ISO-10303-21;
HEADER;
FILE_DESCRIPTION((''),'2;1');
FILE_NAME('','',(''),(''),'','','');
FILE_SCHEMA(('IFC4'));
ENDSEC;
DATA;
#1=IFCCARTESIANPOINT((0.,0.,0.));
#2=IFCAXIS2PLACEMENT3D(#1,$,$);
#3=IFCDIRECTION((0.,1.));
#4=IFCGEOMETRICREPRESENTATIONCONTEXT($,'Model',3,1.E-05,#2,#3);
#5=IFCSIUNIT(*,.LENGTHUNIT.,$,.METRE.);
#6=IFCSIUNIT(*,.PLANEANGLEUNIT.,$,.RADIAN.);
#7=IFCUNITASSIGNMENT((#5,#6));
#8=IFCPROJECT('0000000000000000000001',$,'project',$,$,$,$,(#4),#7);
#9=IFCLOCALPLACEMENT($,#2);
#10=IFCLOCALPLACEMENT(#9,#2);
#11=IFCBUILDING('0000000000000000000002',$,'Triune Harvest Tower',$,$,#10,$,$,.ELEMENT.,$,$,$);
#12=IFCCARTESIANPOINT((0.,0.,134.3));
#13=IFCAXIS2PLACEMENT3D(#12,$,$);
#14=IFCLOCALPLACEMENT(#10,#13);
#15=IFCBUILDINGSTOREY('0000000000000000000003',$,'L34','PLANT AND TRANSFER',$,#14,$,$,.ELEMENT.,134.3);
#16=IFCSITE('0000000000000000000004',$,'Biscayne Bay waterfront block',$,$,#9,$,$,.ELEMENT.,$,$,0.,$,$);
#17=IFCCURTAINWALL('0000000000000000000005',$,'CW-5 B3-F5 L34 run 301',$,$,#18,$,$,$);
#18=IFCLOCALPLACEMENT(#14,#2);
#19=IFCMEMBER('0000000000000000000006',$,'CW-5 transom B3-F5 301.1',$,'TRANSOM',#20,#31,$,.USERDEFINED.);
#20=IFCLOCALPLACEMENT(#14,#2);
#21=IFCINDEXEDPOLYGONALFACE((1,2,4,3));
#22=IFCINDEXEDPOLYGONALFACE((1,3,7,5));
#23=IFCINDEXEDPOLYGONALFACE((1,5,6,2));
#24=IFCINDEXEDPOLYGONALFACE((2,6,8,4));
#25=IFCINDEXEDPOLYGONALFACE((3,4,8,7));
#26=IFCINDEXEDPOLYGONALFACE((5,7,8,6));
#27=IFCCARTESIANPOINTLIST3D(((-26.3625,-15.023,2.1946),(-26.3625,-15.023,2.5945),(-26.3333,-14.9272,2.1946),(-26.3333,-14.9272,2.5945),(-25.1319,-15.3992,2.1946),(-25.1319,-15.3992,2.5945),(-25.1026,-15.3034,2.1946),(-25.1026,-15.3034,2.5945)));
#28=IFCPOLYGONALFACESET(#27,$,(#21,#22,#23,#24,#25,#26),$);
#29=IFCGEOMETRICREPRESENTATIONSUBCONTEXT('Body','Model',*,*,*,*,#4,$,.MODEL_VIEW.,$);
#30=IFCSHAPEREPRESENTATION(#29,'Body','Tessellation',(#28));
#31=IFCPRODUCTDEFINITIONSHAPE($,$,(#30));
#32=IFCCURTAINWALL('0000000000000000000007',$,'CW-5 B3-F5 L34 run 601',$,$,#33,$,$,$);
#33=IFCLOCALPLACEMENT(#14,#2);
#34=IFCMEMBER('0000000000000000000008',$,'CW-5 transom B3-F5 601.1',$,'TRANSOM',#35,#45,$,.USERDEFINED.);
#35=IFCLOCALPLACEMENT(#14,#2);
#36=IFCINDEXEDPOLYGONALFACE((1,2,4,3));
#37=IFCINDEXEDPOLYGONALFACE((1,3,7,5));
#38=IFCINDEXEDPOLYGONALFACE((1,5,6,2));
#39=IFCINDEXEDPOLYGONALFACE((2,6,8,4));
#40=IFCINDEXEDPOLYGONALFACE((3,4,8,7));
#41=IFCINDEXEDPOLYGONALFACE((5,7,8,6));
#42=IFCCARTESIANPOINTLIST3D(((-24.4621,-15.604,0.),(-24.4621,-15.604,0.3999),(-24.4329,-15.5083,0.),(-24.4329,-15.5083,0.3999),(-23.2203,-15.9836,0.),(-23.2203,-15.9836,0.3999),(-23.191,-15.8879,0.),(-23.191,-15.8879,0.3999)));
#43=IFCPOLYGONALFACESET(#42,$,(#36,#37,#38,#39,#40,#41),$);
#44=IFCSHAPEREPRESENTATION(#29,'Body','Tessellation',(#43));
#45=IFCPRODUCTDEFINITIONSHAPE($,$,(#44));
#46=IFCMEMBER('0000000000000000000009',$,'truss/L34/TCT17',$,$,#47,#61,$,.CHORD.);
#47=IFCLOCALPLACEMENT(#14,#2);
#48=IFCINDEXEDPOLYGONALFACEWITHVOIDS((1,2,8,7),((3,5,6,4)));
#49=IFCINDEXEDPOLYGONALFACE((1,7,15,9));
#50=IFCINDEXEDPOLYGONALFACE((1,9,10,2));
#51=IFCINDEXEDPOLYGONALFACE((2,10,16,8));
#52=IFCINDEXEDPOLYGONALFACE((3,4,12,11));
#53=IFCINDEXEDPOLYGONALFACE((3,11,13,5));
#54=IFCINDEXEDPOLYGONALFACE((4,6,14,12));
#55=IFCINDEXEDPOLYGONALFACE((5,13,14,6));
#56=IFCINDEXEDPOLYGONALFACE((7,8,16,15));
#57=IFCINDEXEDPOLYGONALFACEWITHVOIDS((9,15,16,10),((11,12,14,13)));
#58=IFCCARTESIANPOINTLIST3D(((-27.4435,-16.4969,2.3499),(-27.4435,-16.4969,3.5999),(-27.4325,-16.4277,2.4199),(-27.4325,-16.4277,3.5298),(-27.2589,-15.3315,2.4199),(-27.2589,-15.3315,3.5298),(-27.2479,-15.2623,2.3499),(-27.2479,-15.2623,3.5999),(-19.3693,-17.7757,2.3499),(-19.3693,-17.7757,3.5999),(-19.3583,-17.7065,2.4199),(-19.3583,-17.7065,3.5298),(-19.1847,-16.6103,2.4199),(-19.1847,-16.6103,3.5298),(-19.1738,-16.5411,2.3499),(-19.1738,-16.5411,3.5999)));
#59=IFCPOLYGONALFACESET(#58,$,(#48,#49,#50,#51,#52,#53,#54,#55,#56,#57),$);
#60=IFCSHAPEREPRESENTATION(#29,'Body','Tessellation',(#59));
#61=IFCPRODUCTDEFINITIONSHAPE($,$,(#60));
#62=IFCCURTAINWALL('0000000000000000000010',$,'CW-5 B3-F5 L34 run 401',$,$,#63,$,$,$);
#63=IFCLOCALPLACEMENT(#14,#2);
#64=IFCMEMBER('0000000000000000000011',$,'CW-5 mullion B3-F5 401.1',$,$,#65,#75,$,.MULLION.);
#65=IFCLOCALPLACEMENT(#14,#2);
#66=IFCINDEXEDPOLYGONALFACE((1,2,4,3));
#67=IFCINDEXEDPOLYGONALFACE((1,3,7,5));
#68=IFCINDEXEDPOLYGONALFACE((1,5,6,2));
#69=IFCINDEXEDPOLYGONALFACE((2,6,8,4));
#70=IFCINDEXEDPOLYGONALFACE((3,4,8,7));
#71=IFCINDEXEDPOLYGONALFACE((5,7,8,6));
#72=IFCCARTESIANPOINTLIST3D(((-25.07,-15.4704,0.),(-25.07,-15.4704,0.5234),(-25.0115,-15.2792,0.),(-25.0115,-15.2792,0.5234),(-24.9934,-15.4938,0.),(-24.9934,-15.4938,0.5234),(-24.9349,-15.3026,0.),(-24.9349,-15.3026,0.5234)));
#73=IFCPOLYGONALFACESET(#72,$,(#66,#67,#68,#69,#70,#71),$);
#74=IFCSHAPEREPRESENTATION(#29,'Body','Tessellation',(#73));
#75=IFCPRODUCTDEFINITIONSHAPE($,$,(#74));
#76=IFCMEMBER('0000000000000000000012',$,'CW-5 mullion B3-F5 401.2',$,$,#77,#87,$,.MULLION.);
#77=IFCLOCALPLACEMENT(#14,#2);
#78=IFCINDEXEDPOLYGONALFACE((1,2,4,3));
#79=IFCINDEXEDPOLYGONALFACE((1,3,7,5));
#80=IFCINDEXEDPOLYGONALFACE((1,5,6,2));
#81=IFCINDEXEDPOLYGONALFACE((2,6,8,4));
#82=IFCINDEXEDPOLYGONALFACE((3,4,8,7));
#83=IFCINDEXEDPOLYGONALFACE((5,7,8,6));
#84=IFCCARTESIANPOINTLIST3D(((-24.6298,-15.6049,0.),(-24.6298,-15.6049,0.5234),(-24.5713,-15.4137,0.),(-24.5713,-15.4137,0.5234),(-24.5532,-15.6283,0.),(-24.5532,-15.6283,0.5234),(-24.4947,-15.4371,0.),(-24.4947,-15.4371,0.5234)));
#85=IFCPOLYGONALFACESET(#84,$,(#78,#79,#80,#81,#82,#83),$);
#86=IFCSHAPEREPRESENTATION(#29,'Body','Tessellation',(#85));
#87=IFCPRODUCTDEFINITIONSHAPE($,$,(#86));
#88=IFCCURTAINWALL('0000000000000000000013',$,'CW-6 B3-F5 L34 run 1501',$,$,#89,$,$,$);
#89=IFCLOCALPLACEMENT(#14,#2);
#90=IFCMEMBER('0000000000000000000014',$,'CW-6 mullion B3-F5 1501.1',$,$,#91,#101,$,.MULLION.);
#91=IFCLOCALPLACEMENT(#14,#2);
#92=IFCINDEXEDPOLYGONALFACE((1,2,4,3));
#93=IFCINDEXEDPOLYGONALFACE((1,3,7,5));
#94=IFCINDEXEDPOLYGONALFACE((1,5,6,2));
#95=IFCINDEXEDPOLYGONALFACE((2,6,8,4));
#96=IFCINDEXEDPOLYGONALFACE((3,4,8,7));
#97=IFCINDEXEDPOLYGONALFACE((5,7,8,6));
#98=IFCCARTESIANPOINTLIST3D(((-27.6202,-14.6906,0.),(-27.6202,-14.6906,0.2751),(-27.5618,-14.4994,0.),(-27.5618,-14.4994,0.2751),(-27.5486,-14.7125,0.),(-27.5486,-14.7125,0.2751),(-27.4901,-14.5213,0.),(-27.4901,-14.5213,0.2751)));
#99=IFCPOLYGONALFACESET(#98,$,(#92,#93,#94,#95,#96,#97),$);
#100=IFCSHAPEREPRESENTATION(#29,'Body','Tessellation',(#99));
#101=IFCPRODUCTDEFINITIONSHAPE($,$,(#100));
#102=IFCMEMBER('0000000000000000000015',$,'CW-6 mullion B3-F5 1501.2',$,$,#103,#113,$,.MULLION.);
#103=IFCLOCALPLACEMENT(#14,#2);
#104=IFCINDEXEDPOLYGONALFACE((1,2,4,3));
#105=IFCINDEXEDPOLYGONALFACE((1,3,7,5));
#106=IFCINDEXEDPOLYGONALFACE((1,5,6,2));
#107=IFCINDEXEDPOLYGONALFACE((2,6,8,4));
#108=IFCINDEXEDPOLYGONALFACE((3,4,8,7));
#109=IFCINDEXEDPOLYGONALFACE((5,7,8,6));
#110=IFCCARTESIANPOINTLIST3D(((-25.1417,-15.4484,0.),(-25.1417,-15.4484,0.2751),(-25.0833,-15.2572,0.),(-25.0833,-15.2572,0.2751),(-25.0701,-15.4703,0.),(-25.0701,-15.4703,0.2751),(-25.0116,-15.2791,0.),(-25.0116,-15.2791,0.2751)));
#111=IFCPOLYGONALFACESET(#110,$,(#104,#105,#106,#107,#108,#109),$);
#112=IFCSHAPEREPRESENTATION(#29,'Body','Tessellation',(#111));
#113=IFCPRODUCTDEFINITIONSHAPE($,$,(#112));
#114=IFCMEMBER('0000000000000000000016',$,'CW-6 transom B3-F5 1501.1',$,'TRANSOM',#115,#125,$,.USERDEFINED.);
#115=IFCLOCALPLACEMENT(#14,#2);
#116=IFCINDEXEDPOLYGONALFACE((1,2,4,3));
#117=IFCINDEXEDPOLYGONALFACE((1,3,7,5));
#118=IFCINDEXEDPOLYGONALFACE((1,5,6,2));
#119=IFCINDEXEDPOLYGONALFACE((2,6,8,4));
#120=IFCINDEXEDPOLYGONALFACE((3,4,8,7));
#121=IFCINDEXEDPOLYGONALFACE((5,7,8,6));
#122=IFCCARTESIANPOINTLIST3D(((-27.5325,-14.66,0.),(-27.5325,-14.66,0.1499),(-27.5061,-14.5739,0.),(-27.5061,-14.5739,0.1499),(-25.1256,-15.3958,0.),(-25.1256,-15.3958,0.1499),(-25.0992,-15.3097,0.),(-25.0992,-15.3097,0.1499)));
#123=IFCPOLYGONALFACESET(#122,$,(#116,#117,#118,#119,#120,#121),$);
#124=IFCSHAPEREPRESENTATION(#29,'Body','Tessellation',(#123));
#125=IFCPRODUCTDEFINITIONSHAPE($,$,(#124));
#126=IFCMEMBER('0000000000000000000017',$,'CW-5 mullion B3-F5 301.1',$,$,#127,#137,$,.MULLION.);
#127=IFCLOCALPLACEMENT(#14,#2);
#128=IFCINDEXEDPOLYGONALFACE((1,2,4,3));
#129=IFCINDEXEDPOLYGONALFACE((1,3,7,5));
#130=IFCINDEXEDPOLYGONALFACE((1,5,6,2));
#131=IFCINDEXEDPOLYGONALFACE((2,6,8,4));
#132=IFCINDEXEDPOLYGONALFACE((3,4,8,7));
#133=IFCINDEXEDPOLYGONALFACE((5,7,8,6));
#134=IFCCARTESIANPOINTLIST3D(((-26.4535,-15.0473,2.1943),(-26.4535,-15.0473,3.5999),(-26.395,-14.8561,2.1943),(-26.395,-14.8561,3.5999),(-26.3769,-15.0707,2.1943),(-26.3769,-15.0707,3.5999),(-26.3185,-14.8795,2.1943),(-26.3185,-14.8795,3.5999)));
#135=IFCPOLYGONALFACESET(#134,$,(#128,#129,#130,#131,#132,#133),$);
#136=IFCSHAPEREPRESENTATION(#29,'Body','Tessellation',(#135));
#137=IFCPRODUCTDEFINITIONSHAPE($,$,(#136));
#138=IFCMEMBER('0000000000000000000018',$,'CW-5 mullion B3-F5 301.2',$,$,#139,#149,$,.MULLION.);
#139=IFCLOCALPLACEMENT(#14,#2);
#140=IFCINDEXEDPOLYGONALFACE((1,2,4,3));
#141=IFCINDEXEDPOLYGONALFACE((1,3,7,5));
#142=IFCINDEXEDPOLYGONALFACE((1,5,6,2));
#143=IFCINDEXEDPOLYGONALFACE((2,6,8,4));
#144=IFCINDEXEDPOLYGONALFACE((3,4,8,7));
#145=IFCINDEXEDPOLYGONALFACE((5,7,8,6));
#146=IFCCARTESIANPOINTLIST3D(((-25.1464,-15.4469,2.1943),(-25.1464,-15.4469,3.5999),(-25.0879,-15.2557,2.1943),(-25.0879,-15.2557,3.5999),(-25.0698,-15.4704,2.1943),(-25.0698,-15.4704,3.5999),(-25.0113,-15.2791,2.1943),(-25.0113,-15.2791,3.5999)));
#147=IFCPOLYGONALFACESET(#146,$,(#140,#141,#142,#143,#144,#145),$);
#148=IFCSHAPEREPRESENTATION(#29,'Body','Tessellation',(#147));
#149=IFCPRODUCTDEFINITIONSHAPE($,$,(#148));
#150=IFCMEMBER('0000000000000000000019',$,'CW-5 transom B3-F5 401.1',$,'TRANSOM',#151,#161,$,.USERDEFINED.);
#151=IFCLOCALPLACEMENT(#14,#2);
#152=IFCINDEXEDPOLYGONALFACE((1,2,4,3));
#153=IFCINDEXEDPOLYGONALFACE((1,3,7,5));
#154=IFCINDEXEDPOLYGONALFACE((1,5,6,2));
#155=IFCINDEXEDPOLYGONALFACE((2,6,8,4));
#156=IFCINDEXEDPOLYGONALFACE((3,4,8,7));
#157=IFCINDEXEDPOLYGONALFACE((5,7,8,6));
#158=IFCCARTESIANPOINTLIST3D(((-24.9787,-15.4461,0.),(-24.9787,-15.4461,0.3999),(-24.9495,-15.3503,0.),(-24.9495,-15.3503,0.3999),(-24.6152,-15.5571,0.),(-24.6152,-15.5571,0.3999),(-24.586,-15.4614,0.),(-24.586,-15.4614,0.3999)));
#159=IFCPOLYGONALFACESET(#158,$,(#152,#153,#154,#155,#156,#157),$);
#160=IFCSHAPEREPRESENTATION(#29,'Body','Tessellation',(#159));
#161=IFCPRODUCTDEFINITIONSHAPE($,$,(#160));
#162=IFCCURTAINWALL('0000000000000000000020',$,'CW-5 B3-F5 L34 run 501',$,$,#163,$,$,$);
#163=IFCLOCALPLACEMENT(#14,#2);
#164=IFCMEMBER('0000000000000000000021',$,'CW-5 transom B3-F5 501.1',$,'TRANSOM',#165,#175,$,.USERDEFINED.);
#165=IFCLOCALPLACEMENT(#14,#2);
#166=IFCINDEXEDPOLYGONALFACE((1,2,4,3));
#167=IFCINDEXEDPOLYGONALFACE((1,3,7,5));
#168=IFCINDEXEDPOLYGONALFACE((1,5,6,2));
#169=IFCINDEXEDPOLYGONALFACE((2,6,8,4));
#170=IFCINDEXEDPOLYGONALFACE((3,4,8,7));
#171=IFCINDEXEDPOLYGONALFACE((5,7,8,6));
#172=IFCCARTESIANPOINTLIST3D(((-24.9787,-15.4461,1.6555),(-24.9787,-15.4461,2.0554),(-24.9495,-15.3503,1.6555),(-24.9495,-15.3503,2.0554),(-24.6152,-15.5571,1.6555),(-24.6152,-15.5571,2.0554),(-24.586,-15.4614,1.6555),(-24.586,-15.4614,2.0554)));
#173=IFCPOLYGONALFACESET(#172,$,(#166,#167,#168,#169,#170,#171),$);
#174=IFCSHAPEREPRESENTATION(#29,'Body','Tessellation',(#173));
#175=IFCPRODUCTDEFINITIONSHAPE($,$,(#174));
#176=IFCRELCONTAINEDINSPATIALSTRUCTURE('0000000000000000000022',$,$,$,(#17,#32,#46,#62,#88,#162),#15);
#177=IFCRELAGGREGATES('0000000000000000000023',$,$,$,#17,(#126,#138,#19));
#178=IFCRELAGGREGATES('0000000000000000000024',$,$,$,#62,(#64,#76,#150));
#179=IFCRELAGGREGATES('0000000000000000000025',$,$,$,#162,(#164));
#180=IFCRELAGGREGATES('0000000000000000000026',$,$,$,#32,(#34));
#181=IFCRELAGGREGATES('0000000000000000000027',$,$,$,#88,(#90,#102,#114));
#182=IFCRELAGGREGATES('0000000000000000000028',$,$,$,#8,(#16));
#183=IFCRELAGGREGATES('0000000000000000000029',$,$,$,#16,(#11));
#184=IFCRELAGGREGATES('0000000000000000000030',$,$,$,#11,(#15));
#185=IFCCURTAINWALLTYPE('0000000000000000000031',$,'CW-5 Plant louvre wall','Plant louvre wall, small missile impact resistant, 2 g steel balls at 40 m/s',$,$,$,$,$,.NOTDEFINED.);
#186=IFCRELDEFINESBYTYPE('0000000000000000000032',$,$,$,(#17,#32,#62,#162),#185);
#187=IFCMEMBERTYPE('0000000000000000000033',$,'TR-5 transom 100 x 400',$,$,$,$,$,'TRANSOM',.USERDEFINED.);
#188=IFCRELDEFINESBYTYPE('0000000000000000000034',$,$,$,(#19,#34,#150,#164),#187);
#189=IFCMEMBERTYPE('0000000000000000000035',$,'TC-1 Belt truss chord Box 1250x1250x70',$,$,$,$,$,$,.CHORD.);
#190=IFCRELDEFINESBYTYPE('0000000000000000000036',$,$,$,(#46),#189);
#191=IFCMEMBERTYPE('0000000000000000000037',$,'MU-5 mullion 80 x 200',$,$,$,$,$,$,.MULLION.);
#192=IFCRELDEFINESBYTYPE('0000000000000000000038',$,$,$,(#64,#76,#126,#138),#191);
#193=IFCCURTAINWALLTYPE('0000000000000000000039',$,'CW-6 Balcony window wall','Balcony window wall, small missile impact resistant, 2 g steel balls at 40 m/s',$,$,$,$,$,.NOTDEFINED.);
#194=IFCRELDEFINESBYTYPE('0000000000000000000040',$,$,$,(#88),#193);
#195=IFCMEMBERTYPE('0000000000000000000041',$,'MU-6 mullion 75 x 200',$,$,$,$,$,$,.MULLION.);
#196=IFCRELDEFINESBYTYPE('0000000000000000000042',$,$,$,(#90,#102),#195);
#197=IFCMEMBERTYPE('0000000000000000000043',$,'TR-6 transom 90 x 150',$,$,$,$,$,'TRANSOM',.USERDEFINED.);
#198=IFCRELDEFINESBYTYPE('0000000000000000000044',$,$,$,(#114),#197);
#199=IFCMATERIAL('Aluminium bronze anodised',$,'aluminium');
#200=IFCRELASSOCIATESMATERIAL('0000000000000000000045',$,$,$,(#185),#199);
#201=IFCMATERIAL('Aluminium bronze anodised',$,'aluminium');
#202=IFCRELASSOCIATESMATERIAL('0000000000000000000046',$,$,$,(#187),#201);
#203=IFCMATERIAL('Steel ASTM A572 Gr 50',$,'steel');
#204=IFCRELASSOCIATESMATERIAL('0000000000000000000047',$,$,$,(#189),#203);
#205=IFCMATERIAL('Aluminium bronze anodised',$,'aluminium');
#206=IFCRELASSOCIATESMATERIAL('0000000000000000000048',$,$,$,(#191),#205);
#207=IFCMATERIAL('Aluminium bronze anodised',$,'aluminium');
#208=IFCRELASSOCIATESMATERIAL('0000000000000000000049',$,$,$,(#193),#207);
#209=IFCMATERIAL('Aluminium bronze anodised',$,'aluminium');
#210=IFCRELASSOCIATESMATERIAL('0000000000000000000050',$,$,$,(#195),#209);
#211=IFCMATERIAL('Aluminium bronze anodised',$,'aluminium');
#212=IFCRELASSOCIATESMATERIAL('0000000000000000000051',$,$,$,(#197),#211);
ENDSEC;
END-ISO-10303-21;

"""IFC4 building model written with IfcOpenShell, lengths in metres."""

from ifc_helpers import new_model, si_unit, direction, frame, origin, origin_2d, place, context, subcontext, project, spatial, rectangle, hollow_rectangle, extrude, source, transform, mapped, material, material_profile, profile_set, type_object, element, aggregate, save


model = new_model("IFC4")

# Units and contexts
model_context = context("Model", 3, precision=1e-05, world=origin(), true_north=direction((0.0, 1.0)))
body_context = subcontext(model_context, "Body", "Model", "MODEL_VIEW")
ifc_project = project(units=[si_unit("LENGTHUNIT", "METRE"), si_unit("PLANEANGLEUNIT", "RADIAN")], contexts=[model_context])

# Site, building, storey
site_placement = place(None, origin())
site = spatial("IfcSite", under=ifc_project, at=site_placement, Name="Biscayne Bay waterfront block", CompositionType="ELEMENT", RefElevation=0.0)
building_placement = place(site_placement, origin())
building = spatial("IfcBuilding", under=site, at=building_placement, Name="Triune Harvest Tower", CompositionType="ELEMENT")
storey_placement = place(building_placement, frame((0.0, 0.0, 134.3)))
storey = spatial("IfcBuildingStorey", under=building, at=storey_placement, Name="L34", Description="PLANT AND TRANSFER", CompositionType="ELEMENT", Elevation=134.3)

# Curtain walls, members
ifc_material_1 = material(Name="Aluminium bronze anodised", Category="aluminium")
curtain_wall_type_1 = type_object("IfcCurtainWallType", Name="CW-5 Plant louvre wall", Description="Plant louvre wall, small missile impact resistant, 2 g steel balls at 40 m/s", PredefinedType="NOTDEFINED", material=ifc_material_1)
curtain_wall_1_placement = place(storey_placement, origin())
curtain_wall_1 = element("IfcCurtainWall", 1, at=curtain_wall_1_placement, inside=storey, type_object=curtain_wall_type_1, Name="CW-5 B3-F5 L34 run 301")
ifc_material_2 = material(Name="Aluminium bronze anodised", Category="aluminium")
ifc_material_profile_1 = material_profile(ifc_material_2, rectangle(XDim=0.1001, YDim=0.3999, at=origin_2d()), Name="TR-5 transom 100 x 400")
ifc_profile_set_1 = profile_set([ifc_material_profile_1], Name="Aluminium bronze anodised")
member_type_1 = type_object("IfcMemberType", Name="TR-5 transom 100 x 400", ElementType="TRANSOM", PredefinedType="USERDEFINED", material=ifc_profile_set_1)
member_1_placement = place(storey_placement, frame((-26.3479, -14.9751, 2.3945), z_axis=(0.956315, -0.292339, 0.0), x_axis=(0.292339, 0.956315, 0.0)))
member_1 = element("IfcMember", 2, at=member_1_placement, type_object=member_type_1, Name="CW-5 transom B3-F5 301.1", ObjectType="TRANSOM", PredefinedType="USERDEFINED", context=body_context, shape_type="SweptSolid", body=[
    extrude(rectangle(XDim=0.1001, YDim=0.3999, at=origin_2d()), origin(), (0.0, 0.0, 1.0), 1.2869),
])
curtain_wall_2_placement = place(storey_placement, origin())
curtain_wall_2 = element("IfcCurtainWall", 3, at=curtain_wall_2_placement, inside=storey, type_object=curtain_wall_type_1, Name="CW-5 B3-F5 L34 run 601")
member_2_placement = place(storey_placement, frame((-24.4475, -15.5562, 0.2), z_axis=(0.956318, -0.292328, 0.0), x_axis=(0.292328, 0.956318, 0.0)))
member_2 = element("IfcMember", 4, at=member_2_placement, type_object=member_type_1, Name="CW-5 transom B3-F5 601.1", ObjectType="TRANSOM", PredefinedType="USERDEFINED", context=body_context, shape_type="SweptSolid", body=[
    extrude(rectangle(XDim=0.1001, YDim=0.3999, at=origin_2d()), origin(), (0.0, 0.0, 1.0), 1.2986),
])

# Member
ifc_material_3 = material(Name="Steel ASTM A572 Gr 50", Category="steel")
ifc_material_profile_2 = material_profile(ifc_material_3, hollow_rectangle(XDim=1.25, YDim=1.25, WallThickness=0.0701, at=origin_2d()), Name="Box 1250x1250x70")
ifc_profile_set_2 = profile_set([ifc_material_profile_2], Name="Steel ASTM A572 Gr 50")
member_type_2 = type_object("IfcMemberType", Name="TC-1 Belt truss chord Box 1250x1250x70", PredefinedType="CHORD", material=ifc_profile_set_2)
shared_shape_1 = source(origin(), body_context, "Body", "SweptSolid", [
    extrude(hollow_rectangle(XDim=1.25, YDim=1.25, WallThickness=0.0701, at=origin_2d()), origin(), (0.0, 0.0, 1.0), 8.1748),
])
member_3_placement = place(storey_placement, frame((-27.3457, -15.8796, 2.9749), z_axis=(0.987689, -0.156432, 0.0), x_axis=(0.156432, 0.987689, 0.0)))
element("IfcMember", 5, at=member_3_placement, inside=storey, type_object=member_type_2, Name="truss/L34/TCT17", PredefinedType="CHORD", context=body_context, shape_type="MappedRepresentation", body=[
    mapped(shared_shape_1, transform((0.0, 0.0, 0.0), scale=1.0)),
])

# Curtain walls, members
curtain_wall_3_placement = place(storey_placement, origin())
curtain_wall_3 = element("IfcCurtainWall", 6, at=curtain_wall_3_placement, inside=storey, type_object=curtain_wall_type_1, Name="CW-5 B3-F5 L34 run 401")
ifc_material_4 = material(Name="Aluminium bronze anodised", Category="aluminium")
ifc_material_profile_3 = material_profile(ifc_material_4, rectangle(XDim=0.2, YDim=0.0801, at=origin_2d()), Name="MU-5 mullion 80 x 200")
ifc_profile_set_3 = profile_set([ifc_material_profile_3], Name="Aluminium bronze anodised")
member_type_3 = type_object("IfcMemberType", Name="MU-5 mullion 80 x 200", PredefinedType="MULLION", material=ifc_profile_set_3)
shared_shape_2 = source(origin(), body_context, "Body", "SweptSolid", [
    extrude(rectangle(XDim=0.2, YDim=0.0801, at=origin_2d()), origin(), (0.0, 0.0, 1.0), 0.5234),
])
member_4_placement = place(storey_placement, frame((-25.0024, -15.3865, 0.0), z_axis=(0.0, 0.0, 1.0), x_axis=(0.292251, 0.956342, 0.0)))
member_4 = element("IfcMember", 7, at=member_4_placement, type_object=member_type_3, Name="CW-5 mullion B3-F5 401.1", PredefinedType="MULLION", context=body_context, shape_type="MappedRepresentation", body=[
    mapped(shared_shape_2, transform((0.0, 0.0, 0.0), scale=1.0)),
])
member_5_placement = place(storey_placement, frame((-24.5623, -15.521, 0.0), z_axis=(0.0, 0.0, 1.0), x_axis=(0.292251, 0.956342, 0.0)))
member_5 = element("IfcMember", 8, at=member_5_placement, type_object=member_type_3, Name="CW-5 mullion B3-F5 401.2", PredefinedType="MULLION", context=body_context, shape_type="MappedRepresentation", body=[
    mapped(shared_shape_2, transform((0.0, 0.0, 0.0), scale=1.0)),
])
ifc_material_5 = material(Name="Aluminium bronze anodised", Category="aluminium")
curtain_wall_type_2 = type_object("IfcCurtainWallType", Name="CW-6 Balcony window wall", Description="Balcony window wall, small missile impact resistant, 2 g steel balls at 40 m/s", PredefinedType="NOTDEFINED", material=ifc_material_5)
curtain_wall_4_placement = place(storey_placement, origin())
curtain_wall_4 = element("IfcCurtainWall", 9, at=curtain_wall_4_placement, inside=storey, type_object=curtain_wall_type_2, Name="CW-6 B3-F5 L34 run 1501")
ifc_material_6 = material(Name="Aluminium bronze anodised", Category="aluminium")
ifc_material_profile_4 = material_profile(ifc_material_6, rectangle(XDim=0.2, YDim=0.075, at=origin_2d()), Name="MU-6 mullion 75 x 200")
ifc_profile_set_4 = profile_set([ifc_material_profile_4], Name="Aluminium bronze anodised")
member_type_4 = type_object("IfcMemberType", Name="MU-6 mullion 75 x 200", PredefinedType="MULLION", material=ifc_profile_set_4)
shared_shape_3 = source(origin(), body_context, "Body", "SweptSolid", [
    extrude(rectangle(XDim=0.2, YDim=0.075, at=origin_2d()), origin(), (0.0, 0.0, 1.0), 0.2751),
])
member_6_placement = place(storey_placement, frame((-27.5552, -14.606, 0.0), z_axis=(0.0, 0.0, 1.0), x_axis=(0.29237, 0.956305, 0.0)))
member_6 = element("IfcMember", 10, at=member_6_placement, type_object=member_type_4, Name="CW-6 mullion B3-F5 1501.1", PredefinedType="MULLION", context=body_context, shape_type="MappedRepresentation", body=[
    mapped(shared_shape_3, transform((0.0, 0.0, 0.0), scale=1.0)),
])
member_7_placement = place(storey_placement, frame((-25.0767, -15.3638, 0.0), z_axis=(0.0, 0.0, 1.0), x_axis=(0.29237, 0.956305, 0.0)))
member_7 = element("IfcMember", 11, at=member_7_placement, type_object=member_type_4, Name="CW-6 mullion B3-F5 1501.2", PredefinedType="MULLION", context=body_context, shape_type="MappedRepresentation", body=[
    mapped(shared_shape_3, transform((0.0, 0.0, 0.0), scale=1.0)),
])
ifc_material_7 = material(Name="Aluminium bronze anodised", Category="aluminium")
ifc_material_profile_5 = material_profile(ifc_material_7, rectangle(XDim=0.0901, YDim=0.1499, at=origin_2d()), Name="TR-6 transom 90 x 150")
ifc_profile_set_5 = profile_set([ifc_material_profile_5], Name="Aluminium bronze anodised")
member_type_5 = type_object("IfcMemberType", Name="TR-6 transom 90 x 150", ElementType="TRANSOM", PredefinedType="USERDEFINED", material=ifc_profile_set_5)
shared_shape_4 = source(origin(), body_context, "Body", "SweptSolid", [
    extrude(rectangle(XDim=0.0901, YDim=0.1499, at=origin_2d()), origin(), (0.0, 0.0, 1.0), 2.5168),
])
member_8_placement = place(storey_placement, frame((-27.5193, -14.6169, 0.075), z_axis=(0.95631, -0.292354, 0.0), x_axis=(0.292354, 0.95631, 0.0)))
member_8 = element("IfcMember", 12, at=member_8_placement, type_object=member_type_5, Name="CW-6 transom B3-F5 1501.1", ObjectType="TRANSOM", PredefinedType="USERDEFINED", context=body_context, shape_type="MappedRepresentation", body=[
    mapped(shared_shape_4, transform((0.0, 0.0, 0.0), scale=1.0)),
])

# Members
shared_shape_5 = source(origin(), body_context, "Body", "SweptSolid", [
    extrude(rectangle(XDim=0.2, YDim=0.0801, at=origin_2d()), origin(), (0.0, 0.0, 1.0), 1.4055),
])
member_9_placement = place(storey_placement, frame((-26.386, -14.9634, 2.1943), z_axis=(0.0, 0.0, 1.0), x_axis=(0.292366, 0.956306, 0.0)))
member_9 = element("IfcMember", 13, at=member_9_placement, type_object=member_type_3, Name="CW-5 mullion B3-F5 301.1", PredefinedType="MULLION", context=body_context, shape_type="MappedRepresentation", body=[
    mapped(shared_shape_5, transform((0.0, 0.0, 0.0), scale=1.0)),
])
member_10_placement = place(storey_placement, frame((-25.0789, -15.363, 2.1943), z_axis=(0.0, 0.0, 1.0), x_axis=(0.292366, 0.956306, 0.0)))
member_10 = element("IfcMember", 14, at=member_10_placement, type_object=member_type_3, Name="CW-5 mullion B3-F5 301.2", PredefinedType="MULLION", context=body_context, shape_type="MappedRepresentation", body=[
    mapped(shared_shape_5, transform((0.0, 0.0, 0.0), scale=1.0)),
])
shared_shape_6 = source(origin(), body_context, "Body", "SweptSolid", [
    extrude(rectangle(XDim=0.1001, YDim=0.3999, at=origin_2d()), origin(), (0.0, 0.0, 1.0), 0.3801),
])
member_11_placement = place(storey_placement, frame((-24.9641, -15.3982, 0.2), z_axis=(0.956347, -0.292235, 0.0), x_axis=(0.292235, 0.956347, 0.0)))
member_11 = element("IfcMember", 15, at=member_11_placement, type_object=member_type_1, Name="CW-5 transom B3-F5 401.1", ObjectType="TRANSOM", PredefinedType="USERDEFINED", context=body_context, shape_type="MappedRepresentation", body=[
    mapped(shared_shape_6, transform((0.0, 0.0, 0.0), scale=1.0)),
])

# Curtain wall, member
curtain_wall_5_placement = place(storey_placement, origin())
curtain_wall_5 = element("IfcCurtainWall", 16, at=curtain_wall_5_placement, inside=storey, type_object=curtain_wall_type_1, Name="CW-5 B3-F5 L34 run 501")
member_12_placement = place(storey_placement, frame((-24.9641, -15.3982, 1.8555), z_axis=(0.956347, -0.292235, 0.0), x_axis=(0.292235, 0.956347, 0.0)))
member_12 = element("IfcMember", 17, at=member_12_placement, type_object=member_type_1, Name="CW-5 transom B3-F5 501.1", ObjectType="TRANSOM", PredefinedType="USERDEFINED", context=body_context, shape_type="MappedRepresentation", body=[
    mapped(shared_shape_6, transform((0.0, 0.0, 0.0), scale=1.0)),
])

aggregate(curtain_wall_1, [member_9, member_10, member_1])
aggregate(curtain_wall_3, [member_4, member_5, member_11])
aggregate(curtain_wall_5, [member_12])
aggregate(curtain_wall_2, [member_2])
aggregate(curtain_wall_4, [member_6, member_7, member_8])

save(model, "model.ifc")
